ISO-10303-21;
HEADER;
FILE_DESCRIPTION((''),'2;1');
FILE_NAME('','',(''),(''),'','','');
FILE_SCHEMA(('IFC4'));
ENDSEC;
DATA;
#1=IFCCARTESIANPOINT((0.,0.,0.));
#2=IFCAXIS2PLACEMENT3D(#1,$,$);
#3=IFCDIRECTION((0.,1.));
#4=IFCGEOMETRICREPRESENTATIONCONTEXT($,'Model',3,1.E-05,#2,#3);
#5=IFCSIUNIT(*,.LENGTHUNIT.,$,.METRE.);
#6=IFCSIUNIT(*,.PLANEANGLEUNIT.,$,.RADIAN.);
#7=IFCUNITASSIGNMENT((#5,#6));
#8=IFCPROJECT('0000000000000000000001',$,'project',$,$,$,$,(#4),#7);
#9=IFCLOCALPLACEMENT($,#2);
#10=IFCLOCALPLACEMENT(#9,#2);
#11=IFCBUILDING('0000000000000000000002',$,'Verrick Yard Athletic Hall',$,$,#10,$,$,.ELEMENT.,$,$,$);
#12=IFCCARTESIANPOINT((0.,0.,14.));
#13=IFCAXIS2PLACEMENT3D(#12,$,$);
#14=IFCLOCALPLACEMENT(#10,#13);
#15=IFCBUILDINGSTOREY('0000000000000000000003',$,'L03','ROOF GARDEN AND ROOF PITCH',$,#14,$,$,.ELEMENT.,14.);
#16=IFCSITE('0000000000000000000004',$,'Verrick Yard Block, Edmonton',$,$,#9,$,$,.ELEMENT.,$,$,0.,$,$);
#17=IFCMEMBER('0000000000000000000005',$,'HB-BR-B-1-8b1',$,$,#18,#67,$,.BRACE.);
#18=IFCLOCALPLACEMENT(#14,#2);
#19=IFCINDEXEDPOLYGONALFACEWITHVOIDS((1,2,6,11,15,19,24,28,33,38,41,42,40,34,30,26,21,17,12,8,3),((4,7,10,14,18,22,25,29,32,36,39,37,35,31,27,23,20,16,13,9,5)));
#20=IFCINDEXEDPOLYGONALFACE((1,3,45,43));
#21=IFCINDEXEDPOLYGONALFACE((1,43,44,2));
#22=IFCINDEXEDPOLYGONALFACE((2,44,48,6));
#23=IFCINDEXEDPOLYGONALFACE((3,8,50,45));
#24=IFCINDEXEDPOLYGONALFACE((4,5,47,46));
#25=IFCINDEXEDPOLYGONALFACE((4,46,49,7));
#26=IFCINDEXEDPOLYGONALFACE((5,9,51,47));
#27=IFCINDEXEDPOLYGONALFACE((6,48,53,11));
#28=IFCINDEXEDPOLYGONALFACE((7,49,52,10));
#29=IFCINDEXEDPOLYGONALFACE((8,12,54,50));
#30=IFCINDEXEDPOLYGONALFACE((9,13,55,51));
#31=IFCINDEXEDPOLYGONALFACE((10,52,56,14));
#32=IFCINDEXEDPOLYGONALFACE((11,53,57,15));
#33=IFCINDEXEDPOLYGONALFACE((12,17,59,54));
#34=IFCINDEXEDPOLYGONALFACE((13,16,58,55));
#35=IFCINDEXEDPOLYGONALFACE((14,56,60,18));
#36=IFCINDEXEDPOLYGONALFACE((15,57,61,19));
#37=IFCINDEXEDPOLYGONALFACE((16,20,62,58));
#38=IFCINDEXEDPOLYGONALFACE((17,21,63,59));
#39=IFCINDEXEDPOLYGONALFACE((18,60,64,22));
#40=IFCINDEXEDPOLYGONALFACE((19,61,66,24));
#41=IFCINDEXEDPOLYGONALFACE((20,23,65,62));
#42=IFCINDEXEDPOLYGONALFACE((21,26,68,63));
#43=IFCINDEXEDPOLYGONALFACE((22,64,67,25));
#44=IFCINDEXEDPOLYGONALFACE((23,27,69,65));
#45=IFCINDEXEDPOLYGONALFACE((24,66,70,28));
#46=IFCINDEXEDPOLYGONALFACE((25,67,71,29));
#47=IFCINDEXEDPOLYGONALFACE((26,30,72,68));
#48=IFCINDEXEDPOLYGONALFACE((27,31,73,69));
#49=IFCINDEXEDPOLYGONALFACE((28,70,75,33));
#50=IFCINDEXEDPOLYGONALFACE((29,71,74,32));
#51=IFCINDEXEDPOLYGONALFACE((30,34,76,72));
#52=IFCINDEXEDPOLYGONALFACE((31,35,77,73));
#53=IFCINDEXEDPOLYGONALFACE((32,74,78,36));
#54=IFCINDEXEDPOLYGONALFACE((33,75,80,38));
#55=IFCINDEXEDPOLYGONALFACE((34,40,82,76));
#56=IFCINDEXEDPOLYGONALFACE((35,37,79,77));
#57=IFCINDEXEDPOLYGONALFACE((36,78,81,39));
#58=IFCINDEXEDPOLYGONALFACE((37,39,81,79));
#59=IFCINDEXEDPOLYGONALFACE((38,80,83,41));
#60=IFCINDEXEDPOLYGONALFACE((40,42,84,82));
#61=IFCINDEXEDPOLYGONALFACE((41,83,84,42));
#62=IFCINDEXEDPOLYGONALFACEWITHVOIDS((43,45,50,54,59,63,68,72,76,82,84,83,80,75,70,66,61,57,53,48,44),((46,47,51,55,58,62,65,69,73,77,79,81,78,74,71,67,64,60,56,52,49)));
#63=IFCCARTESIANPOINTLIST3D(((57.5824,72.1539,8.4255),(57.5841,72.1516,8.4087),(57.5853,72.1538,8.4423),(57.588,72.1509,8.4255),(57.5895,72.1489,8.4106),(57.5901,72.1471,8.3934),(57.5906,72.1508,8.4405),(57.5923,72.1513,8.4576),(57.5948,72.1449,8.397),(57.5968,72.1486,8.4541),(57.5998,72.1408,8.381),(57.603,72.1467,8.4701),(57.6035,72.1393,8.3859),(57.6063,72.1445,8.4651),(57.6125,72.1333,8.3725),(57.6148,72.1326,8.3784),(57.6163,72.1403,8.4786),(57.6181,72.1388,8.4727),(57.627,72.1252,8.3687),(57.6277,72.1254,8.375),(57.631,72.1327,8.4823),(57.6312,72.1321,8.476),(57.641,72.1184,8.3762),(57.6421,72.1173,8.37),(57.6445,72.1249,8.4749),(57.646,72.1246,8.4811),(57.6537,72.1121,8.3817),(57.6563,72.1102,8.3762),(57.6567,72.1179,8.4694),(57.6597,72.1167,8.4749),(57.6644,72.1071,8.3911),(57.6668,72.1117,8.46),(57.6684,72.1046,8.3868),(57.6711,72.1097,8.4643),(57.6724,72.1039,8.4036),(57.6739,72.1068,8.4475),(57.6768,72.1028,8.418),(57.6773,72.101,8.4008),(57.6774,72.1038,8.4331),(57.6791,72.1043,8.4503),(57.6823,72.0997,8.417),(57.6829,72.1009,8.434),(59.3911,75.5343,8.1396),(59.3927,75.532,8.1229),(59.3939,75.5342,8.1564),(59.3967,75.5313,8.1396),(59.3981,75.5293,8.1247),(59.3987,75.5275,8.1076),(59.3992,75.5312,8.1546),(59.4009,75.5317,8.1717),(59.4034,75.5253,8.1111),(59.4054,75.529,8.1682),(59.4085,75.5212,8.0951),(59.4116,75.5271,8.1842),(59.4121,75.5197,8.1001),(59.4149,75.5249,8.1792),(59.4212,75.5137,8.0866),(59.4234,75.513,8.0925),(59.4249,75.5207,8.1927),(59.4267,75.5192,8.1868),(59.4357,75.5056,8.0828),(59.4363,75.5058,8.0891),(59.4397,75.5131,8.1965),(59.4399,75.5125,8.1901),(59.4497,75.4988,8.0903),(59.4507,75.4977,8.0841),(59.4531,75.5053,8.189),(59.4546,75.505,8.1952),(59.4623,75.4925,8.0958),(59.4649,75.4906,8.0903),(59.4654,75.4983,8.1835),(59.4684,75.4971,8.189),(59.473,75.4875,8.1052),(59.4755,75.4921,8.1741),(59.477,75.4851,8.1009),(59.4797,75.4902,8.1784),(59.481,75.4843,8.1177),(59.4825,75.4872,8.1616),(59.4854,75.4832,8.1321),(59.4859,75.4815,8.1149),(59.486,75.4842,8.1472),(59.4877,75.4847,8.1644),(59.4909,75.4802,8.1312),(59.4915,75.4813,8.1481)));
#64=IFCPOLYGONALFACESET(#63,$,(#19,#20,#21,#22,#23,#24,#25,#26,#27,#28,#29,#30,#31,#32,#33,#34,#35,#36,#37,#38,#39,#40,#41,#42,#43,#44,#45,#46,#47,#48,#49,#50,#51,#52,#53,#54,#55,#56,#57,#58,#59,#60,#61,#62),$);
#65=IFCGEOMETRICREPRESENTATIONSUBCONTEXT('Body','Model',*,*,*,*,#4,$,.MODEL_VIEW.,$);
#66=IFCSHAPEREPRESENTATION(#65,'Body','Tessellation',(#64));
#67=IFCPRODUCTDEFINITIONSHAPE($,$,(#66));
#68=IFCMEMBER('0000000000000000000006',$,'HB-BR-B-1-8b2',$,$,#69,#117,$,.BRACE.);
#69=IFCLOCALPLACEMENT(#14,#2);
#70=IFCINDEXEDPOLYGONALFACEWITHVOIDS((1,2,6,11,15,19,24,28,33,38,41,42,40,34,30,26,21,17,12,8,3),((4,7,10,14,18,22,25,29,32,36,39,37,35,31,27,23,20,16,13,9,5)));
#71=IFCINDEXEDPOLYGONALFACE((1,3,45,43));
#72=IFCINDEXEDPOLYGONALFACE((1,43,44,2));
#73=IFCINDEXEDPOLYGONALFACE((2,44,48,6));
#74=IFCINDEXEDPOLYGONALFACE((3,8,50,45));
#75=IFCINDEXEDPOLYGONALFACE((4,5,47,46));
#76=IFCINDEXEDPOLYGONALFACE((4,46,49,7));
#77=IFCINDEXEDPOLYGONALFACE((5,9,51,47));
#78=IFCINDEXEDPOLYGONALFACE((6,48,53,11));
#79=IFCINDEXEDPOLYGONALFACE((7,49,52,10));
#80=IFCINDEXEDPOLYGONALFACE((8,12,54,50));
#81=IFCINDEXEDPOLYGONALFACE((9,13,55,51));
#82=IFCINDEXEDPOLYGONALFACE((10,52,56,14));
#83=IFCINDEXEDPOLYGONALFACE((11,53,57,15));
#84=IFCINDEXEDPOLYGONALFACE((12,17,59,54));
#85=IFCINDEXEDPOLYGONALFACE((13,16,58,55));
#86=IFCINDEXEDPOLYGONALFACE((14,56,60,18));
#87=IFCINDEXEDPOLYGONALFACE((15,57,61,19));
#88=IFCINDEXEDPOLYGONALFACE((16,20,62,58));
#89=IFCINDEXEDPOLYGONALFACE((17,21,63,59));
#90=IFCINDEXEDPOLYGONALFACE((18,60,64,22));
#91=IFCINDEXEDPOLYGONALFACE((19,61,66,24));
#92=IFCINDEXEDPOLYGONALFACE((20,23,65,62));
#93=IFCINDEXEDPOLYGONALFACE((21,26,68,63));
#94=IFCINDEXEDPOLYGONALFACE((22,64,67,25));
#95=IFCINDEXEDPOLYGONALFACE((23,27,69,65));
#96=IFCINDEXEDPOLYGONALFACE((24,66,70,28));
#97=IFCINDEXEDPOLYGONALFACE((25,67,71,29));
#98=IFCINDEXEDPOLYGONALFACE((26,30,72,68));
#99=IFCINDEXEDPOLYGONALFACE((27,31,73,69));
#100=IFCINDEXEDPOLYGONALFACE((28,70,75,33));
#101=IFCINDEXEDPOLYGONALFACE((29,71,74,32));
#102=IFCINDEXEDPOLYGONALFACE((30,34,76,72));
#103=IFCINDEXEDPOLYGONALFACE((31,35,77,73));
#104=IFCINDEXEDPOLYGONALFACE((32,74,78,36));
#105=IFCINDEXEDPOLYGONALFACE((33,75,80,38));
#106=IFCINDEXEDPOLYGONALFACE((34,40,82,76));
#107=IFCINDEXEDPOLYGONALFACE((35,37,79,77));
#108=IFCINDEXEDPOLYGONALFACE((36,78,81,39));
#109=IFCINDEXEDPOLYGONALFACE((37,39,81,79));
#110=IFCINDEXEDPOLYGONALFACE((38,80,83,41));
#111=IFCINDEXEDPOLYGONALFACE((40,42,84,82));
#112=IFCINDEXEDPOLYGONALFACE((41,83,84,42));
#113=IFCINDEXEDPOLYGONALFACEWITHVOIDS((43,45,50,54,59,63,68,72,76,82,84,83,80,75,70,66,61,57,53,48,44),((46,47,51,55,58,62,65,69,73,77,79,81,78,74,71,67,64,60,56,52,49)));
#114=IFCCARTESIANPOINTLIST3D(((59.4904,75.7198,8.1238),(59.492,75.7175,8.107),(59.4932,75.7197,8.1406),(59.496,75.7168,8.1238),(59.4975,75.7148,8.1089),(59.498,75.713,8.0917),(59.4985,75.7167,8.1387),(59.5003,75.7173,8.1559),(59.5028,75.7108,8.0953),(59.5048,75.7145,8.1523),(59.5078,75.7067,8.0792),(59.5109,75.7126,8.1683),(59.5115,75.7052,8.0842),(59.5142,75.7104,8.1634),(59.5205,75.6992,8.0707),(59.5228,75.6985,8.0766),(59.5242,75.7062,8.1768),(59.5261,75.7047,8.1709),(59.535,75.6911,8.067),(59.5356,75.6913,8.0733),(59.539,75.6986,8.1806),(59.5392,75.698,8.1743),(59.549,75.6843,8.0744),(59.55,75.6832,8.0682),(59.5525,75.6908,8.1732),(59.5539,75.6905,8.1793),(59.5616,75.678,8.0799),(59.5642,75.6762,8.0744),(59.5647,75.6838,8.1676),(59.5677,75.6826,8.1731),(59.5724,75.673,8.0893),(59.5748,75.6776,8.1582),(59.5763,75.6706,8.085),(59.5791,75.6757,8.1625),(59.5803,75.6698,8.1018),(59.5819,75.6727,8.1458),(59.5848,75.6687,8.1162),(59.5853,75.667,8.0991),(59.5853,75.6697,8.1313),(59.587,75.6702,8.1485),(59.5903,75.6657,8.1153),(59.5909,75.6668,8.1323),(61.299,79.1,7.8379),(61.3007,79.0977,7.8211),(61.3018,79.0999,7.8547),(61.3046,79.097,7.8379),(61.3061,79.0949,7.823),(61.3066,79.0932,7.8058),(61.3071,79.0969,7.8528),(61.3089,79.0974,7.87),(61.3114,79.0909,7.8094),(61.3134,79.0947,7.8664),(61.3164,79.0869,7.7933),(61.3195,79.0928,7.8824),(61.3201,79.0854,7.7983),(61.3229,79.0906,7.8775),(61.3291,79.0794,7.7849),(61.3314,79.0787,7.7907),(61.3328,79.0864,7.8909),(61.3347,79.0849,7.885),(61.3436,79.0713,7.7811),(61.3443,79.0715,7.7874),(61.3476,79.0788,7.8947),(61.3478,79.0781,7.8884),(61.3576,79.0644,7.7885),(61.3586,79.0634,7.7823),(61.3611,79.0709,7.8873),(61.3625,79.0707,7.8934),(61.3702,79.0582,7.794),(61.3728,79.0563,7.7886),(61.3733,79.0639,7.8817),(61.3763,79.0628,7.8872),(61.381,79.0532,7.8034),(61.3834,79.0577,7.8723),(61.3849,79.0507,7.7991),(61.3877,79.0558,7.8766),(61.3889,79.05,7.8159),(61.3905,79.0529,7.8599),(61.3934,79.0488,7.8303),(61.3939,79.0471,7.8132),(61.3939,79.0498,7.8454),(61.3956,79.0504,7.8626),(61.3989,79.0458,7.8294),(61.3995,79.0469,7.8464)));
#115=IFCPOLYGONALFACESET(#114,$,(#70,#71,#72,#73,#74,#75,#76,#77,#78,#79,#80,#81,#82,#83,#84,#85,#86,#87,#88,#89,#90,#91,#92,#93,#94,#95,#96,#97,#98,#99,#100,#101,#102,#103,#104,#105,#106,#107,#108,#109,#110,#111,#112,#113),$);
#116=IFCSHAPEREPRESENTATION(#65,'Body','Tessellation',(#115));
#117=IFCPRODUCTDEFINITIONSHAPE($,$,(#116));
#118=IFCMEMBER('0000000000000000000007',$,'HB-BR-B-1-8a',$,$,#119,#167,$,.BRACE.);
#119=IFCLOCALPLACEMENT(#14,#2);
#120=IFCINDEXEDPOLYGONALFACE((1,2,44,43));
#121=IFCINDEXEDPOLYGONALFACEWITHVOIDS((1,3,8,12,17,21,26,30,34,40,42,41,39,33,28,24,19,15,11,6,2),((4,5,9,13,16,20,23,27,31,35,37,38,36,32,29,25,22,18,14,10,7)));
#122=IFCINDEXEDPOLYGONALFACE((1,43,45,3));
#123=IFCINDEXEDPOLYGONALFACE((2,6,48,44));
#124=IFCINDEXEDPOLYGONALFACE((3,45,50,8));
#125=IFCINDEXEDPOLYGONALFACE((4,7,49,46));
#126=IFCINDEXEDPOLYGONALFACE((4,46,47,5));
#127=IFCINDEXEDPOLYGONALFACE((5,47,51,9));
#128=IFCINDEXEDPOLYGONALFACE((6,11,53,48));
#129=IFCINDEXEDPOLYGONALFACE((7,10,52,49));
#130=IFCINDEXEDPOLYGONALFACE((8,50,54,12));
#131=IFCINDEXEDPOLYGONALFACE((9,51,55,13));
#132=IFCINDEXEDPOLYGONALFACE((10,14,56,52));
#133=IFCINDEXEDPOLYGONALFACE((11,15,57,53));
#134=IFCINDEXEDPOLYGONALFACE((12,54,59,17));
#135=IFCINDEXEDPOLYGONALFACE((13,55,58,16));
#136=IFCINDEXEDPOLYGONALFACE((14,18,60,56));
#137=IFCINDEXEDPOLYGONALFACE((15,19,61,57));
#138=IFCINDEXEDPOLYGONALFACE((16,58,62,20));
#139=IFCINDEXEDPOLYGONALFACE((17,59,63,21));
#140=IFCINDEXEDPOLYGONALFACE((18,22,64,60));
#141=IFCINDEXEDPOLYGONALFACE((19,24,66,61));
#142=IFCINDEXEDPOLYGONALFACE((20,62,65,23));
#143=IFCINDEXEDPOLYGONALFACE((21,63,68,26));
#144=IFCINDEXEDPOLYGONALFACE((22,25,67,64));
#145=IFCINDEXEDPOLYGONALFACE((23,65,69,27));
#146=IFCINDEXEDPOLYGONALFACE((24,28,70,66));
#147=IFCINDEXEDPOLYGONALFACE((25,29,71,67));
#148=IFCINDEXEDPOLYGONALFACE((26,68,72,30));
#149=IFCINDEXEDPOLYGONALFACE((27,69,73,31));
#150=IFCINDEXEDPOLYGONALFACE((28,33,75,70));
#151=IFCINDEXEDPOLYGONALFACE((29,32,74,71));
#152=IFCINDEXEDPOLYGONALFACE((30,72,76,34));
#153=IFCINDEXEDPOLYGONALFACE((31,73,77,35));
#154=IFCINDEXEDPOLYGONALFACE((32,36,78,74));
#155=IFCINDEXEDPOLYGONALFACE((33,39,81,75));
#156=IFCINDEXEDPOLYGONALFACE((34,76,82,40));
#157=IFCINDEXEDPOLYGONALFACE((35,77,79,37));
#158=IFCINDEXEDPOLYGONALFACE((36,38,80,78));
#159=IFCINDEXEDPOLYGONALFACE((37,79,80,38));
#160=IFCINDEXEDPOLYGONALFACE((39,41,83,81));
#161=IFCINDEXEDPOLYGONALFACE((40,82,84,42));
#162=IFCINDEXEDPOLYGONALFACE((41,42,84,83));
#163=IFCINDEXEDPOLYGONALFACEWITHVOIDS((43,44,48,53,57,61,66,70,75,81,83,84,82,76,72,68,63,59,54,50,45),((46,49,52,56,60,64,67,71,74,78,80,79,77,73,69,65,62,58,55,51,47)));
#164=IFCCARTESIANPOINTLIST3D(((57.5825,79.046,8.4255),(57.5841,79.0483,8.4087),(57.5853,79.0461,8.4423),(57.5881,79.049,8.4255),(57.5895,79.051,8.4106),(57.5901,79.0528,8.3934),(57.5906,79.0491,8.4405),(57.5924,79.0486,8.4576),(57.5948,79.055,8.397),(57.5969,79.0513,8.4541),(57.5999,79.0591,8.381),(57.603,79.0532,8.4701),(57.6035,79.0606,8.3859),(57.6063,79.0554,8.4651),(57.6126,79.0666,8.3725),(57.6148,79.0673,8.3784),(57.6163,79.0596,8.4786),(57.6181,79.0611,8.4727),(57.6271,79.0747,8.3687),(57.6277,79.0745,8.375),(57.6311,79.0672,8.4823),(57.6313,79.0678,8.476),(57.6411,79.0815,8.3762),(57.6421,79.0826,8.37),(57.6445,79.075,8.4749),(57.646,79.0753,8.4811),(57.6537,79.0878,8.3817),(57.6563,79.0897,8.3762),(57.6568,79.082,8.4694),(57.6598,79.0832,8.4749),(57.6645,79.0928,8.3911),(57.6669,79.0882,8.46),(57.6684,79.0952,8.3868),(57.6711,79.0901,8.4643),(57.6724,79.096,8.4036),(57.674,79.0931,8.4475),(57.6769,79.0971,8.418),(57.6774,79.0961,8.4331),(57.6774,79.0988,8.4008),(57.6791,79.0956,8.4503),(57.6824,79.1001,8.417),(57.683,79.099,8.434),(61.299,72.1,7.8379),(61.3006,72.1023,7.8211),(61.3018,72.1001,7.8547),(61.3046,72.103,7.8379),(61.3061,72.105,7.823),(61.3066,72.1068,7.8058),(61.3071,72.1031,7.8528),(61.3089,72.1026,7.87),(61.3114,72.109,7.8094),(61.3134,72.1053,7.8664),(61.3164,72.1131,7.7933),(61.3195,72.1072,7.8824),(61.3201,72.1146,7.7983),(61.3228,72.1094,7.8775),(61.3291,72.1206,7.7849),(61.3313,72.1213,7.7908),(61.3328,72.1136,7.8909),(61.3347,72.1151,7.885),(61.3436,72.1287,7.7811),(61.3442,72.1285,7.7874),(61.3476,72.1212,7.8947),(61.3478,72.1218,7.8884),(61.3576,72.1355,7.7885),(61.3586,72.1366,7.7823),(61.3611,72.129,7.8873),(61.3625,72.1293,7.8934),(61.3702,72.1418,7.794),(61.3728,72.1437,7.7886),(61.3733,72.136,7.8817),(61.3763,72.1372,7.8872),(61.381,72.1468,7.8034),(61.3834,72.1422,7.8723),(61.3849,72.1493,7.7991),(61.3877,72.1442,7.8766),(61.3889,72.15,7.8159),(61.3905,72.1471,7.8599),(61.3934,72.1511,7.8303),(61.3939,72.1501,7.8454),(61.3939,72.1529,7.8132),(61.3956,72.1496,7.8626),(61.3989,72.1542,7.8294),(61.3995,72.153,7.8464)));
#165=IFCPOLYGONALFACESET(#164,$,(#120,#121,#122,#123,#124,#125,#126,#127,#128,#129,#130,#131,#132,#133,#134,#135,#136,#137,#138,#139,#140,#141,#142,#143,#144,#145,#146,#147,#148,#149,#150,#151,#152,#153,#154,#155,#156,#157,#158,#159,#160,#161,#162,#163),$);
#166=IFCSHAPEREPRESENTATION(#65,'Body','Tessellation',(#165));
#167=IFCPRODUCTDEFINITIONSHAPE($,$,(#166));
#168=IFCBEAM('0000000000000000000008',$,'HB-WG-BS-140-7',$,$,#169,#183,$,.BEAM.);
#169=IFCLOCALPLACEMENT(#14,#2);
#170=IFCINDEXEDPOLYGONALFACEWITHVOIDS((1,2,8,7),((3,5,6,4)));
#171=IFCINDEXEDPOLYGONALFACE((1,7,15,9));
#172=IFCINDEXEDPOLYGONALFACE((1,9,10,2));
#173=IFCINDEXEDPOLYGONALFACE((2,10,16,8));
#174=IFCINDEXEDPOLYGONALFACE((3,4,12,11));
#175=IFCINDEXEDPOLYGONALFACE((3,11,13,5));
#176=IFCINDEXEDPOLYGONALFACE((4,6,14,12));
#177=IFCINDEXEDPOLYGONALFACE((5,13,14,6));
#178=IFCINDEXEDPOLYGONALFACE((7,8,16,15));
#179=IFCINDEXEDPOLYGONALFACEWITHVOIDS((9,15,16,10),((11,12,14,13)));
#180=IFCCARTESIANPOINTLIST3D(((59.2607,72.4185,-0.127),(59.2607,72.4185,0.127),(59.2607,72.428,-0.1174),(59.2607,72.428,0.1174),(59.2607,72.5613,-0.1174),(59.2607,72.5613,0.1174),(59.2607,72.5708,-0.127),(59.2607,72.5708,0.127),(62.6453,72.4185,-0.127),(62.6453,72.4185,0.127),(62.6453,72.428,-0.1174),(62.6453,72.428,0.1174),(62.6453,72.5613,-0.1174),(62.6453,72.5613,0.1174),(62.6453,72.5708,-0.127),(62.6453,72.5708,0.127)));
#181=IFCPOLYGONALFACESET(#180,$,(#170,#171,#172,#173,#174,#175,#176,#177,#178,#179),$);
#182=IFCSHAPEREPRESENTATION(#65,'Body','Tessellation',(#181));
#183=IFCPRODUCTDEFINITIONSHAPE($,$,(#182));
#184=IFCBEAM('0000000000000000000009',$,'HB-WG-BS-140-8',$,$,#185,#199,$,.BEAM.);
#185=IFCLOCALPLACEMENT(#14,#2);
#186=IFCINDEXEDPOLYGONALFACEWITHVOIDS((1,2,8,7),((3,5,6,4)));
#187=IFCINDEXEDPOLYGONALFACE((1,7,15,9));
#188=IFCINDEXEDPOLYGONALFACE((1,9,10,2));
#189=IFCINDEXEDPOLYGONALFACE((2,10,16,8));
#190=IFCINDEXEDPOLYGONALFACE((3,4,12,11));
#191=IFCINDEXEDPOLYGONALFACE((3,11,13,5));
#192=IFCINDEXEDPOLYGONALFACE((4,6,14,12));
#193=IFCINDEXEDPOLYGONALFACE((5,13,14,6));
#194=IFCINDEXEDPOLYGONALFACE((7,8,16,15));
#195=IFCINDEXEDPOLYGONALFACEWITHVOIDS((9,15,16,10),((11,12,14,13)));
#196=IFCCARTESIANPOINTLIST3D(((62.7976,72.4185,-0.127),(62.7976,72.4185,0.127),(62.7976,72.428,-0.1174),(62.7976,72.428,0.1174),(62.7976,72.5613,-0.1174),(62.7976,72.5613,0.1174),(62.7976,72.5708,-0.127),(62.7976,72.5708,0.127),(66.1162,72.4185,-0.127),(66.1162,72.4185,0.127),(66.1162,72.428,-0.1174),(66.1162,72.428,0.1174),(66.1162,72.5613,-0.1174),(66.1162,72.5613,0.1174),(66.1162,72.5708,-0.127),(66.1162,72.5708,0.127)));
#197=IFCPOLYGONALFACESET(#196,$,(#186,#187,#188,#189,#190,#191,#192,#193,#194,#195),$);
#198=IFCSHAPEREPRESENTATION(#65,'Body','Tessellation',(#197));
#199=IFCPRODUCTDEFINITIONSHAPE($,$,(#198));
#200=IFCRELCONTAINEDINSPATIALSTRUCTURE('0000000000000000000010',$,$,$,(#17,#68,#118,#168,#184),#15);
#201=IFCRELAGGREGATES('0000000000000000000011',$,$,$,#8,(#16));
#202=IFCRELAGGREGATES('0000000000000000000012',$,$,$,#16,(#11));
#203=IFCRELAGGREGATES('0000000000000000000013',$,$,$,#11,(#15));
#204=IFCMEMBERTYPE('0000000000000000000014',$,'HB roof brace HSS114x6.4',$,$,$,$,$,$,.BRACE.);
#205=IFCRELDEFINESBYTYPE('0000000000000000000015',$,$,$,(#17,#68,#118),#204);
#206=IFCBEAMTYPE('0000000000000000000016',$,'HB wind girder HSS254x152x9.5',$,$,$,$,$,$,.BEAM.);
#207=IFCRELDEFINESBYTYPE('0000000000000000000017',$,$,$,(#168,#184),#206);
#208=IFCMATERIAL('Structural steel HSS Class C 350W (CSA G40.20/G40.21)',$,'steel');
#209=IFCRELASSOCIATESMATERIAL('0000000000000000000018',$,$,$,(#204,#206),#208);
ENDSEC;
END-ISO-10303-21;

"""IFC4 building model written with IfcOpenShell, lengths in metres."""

from ifc_helpers import new_model, si_unit, direction, frame, origin, origin_2d, place, context, subcontext, project, spatial, hollow_rectangle, hollow_circle, extrude, material, material_profile, profile_set, type_object, element, save


model = new_model("IFC4")

# Units and contexts
model_context = context("Model", 3, precision=1e-05, world=origin(), true_north=direction((0.0, 1.0)))
body_context = subcontext(model_context, "Body", "Model", "MODEL_VIEW")
ifc_project = project(units=[si_unit("LENGTHUNIT", "METRE"), si_unit("PLANEANGLEUNIT", "RADIAN")], contexts=[model_context])

# Site, building, storey
site_placement = place(None, origin())
site = spatial("IfcSite", under=ifc_project, at=site_placement, Name="Verrick Yard Block, Edmonton", CompositionType="ELEMENT", RefElevation=0.0)
building_placement = place(site_placement, origin())
building = spatial("IfcBuilding", under=site, at=building_placement, Name="Verrick Yard Athletic Hall", CompositionType="ELEMENT")
storey_placement = place(building_placement, frame((0.0, 0.0, 14.0)))
storey = spatial("IfcBuildingStorey", under=building, at=storey_placement, Name="L03", Description="ROOF GARDEN AND ROOF PITCH", CompositionType="ELEMENT", Elevation=14.0)

# Members
ifc_material_1 = material(Name="Structural steel HSS Class C 350W (CSA G40.20/G40.21)", Category="steel")
ifc_material_profile_1 = material_profile(ifc_material_1, hollow_circle(Radius=0.0571, WallThickness=0.0063, at=origin_2d()), Name="HSS114x6.4")
ifc_profile_set_1 = profile_set([ifc_material_profile_1], Name="Structural steel HSS Class C 350W (CSA G40.20/G40.21)")
member_type = type_object("IfcMemberType", Name="HB roof brace HSS114x6.4", PredefinedType="BRACE", material=ifc_profile_set_1)
member_1_placement = place(storey_placement, frame((57.6328, 72.127, 8.4255), z_axis=(0.470445, 0.87929, -0.074364), x_axis=(-0.881732, 0.471751, 0.0)))
element("IfcMember", 1, at=member_1_placement, inside=storey, type_object=member_type, Name="HB-BR-B-1-8b1", PredefinedType="BRACE", context=body_context, shape_type="SweptSolid", body=[
    extrude(hollow_circle(Radius=0.0571, WallThickness=0.0063, at=origin_2d()), origin(), (0.0, 0.0, 1.0), 3.8445),
])
member_2_placement = place(storey_placement, frame((59.5408, 75.6929, 8.1238), z_axis=(0.470471, 0.879276, -0.074369), x_axis=(-0.881717, 0.471778, 0.0)))
element("IfcMember", 2, at=member_2_placement, inside=storey, type_object=member_type, Name="HB-BR-B-1-8b2", PredefinedType="BRACE", context=body_context, shape_type="SweptSolid", body=[
    extrude(hollow_circle(Radius=0.0571, WallThickness=0.0063, at=origin_2d()), origin(), (0.0, 0.0, 1.0), 3.8442),
])
member_3_placement = place(storey_placement, frame((61.3494, 72.127, 7.8379), z_axis=(-0.470466, 0.879277, 0.074388), x_axis=(-0.88172, -0.471773, 0.0)))
element("IfcMember", 3, at=member_3_placement, inside=storey, type_object=member_type, Name="HB-BR-B-1-8a", PredefinedType="BRACE", context=body_context, shape_type="SweptSolid", body=[
    extrude(hollow_circle(Radius=0.0571, WallThickness=0.0063, at=origin_2d()), origin(), (0.0, 0.0, 1.0), 7.8997),
])

# Beams
ifc_material_profile_2 = material_profile(ifc_material_1, hollow_rectangle(XDim=0.1523, YDim=0.2539, WallThickness=0.0095, at=origin_2d()), Name="HSS254x152x9.5")
ifc_profile_set_2 = profile_set([ifc_material_profile_2], Name="Structural steel HSS Class C 350W (CSA G40.20/G40.21)")
beam_type = type_object("IfcBeamType", Name="HB wind girder HSS254x152x9.5", PredefinedType="BEAM", material=ifc_profile_set_2)
beam_1_placement = place(storey_placement, frame((59.2607, 72.4946, 0.0), z_axis=(1.0, 0.0, 0.0), x_axis=(0.0, 1.0, 0.0)))
element("IfcBeam", 4, at=beam_1_placement, inside=storey, type_object=beam_type, Name="HB-WG-BS-140-7", PredefinedType="BEAM", context=body_context, shape_type="SweptSolid", body=[
    extrude(hollow_rectangle(XDim=0.1523, YDim=0.2539, WallThickness=0.0095, at=origin_2d()), origin(), (0.0, 0.0, 1.0), 3.3845),
])
beam_2_placement = place(storey_placement, frame((62.7976, 72.4946, 0.0), z_axis=(1.0, 0.0, 0.0), x_axis=(0.0, 1.0, 0.0)))
element("IfcBeam", 5, at=beam_2_placement, inside=storey, type_object=beam_type, Name="HB-WG-BS-140-8", PredefinedType="BEAM", context=body_context, shape_type="SweptSolid", body=[
    extrude(hollow_rectangle(XDim=0.1523, YDim=0.2539, WallThickness=0.0095, at=origin_2d()), origin(), (0.0, 0.0, 1.0), 3.3186),
])

save(model, "model.ifc")
